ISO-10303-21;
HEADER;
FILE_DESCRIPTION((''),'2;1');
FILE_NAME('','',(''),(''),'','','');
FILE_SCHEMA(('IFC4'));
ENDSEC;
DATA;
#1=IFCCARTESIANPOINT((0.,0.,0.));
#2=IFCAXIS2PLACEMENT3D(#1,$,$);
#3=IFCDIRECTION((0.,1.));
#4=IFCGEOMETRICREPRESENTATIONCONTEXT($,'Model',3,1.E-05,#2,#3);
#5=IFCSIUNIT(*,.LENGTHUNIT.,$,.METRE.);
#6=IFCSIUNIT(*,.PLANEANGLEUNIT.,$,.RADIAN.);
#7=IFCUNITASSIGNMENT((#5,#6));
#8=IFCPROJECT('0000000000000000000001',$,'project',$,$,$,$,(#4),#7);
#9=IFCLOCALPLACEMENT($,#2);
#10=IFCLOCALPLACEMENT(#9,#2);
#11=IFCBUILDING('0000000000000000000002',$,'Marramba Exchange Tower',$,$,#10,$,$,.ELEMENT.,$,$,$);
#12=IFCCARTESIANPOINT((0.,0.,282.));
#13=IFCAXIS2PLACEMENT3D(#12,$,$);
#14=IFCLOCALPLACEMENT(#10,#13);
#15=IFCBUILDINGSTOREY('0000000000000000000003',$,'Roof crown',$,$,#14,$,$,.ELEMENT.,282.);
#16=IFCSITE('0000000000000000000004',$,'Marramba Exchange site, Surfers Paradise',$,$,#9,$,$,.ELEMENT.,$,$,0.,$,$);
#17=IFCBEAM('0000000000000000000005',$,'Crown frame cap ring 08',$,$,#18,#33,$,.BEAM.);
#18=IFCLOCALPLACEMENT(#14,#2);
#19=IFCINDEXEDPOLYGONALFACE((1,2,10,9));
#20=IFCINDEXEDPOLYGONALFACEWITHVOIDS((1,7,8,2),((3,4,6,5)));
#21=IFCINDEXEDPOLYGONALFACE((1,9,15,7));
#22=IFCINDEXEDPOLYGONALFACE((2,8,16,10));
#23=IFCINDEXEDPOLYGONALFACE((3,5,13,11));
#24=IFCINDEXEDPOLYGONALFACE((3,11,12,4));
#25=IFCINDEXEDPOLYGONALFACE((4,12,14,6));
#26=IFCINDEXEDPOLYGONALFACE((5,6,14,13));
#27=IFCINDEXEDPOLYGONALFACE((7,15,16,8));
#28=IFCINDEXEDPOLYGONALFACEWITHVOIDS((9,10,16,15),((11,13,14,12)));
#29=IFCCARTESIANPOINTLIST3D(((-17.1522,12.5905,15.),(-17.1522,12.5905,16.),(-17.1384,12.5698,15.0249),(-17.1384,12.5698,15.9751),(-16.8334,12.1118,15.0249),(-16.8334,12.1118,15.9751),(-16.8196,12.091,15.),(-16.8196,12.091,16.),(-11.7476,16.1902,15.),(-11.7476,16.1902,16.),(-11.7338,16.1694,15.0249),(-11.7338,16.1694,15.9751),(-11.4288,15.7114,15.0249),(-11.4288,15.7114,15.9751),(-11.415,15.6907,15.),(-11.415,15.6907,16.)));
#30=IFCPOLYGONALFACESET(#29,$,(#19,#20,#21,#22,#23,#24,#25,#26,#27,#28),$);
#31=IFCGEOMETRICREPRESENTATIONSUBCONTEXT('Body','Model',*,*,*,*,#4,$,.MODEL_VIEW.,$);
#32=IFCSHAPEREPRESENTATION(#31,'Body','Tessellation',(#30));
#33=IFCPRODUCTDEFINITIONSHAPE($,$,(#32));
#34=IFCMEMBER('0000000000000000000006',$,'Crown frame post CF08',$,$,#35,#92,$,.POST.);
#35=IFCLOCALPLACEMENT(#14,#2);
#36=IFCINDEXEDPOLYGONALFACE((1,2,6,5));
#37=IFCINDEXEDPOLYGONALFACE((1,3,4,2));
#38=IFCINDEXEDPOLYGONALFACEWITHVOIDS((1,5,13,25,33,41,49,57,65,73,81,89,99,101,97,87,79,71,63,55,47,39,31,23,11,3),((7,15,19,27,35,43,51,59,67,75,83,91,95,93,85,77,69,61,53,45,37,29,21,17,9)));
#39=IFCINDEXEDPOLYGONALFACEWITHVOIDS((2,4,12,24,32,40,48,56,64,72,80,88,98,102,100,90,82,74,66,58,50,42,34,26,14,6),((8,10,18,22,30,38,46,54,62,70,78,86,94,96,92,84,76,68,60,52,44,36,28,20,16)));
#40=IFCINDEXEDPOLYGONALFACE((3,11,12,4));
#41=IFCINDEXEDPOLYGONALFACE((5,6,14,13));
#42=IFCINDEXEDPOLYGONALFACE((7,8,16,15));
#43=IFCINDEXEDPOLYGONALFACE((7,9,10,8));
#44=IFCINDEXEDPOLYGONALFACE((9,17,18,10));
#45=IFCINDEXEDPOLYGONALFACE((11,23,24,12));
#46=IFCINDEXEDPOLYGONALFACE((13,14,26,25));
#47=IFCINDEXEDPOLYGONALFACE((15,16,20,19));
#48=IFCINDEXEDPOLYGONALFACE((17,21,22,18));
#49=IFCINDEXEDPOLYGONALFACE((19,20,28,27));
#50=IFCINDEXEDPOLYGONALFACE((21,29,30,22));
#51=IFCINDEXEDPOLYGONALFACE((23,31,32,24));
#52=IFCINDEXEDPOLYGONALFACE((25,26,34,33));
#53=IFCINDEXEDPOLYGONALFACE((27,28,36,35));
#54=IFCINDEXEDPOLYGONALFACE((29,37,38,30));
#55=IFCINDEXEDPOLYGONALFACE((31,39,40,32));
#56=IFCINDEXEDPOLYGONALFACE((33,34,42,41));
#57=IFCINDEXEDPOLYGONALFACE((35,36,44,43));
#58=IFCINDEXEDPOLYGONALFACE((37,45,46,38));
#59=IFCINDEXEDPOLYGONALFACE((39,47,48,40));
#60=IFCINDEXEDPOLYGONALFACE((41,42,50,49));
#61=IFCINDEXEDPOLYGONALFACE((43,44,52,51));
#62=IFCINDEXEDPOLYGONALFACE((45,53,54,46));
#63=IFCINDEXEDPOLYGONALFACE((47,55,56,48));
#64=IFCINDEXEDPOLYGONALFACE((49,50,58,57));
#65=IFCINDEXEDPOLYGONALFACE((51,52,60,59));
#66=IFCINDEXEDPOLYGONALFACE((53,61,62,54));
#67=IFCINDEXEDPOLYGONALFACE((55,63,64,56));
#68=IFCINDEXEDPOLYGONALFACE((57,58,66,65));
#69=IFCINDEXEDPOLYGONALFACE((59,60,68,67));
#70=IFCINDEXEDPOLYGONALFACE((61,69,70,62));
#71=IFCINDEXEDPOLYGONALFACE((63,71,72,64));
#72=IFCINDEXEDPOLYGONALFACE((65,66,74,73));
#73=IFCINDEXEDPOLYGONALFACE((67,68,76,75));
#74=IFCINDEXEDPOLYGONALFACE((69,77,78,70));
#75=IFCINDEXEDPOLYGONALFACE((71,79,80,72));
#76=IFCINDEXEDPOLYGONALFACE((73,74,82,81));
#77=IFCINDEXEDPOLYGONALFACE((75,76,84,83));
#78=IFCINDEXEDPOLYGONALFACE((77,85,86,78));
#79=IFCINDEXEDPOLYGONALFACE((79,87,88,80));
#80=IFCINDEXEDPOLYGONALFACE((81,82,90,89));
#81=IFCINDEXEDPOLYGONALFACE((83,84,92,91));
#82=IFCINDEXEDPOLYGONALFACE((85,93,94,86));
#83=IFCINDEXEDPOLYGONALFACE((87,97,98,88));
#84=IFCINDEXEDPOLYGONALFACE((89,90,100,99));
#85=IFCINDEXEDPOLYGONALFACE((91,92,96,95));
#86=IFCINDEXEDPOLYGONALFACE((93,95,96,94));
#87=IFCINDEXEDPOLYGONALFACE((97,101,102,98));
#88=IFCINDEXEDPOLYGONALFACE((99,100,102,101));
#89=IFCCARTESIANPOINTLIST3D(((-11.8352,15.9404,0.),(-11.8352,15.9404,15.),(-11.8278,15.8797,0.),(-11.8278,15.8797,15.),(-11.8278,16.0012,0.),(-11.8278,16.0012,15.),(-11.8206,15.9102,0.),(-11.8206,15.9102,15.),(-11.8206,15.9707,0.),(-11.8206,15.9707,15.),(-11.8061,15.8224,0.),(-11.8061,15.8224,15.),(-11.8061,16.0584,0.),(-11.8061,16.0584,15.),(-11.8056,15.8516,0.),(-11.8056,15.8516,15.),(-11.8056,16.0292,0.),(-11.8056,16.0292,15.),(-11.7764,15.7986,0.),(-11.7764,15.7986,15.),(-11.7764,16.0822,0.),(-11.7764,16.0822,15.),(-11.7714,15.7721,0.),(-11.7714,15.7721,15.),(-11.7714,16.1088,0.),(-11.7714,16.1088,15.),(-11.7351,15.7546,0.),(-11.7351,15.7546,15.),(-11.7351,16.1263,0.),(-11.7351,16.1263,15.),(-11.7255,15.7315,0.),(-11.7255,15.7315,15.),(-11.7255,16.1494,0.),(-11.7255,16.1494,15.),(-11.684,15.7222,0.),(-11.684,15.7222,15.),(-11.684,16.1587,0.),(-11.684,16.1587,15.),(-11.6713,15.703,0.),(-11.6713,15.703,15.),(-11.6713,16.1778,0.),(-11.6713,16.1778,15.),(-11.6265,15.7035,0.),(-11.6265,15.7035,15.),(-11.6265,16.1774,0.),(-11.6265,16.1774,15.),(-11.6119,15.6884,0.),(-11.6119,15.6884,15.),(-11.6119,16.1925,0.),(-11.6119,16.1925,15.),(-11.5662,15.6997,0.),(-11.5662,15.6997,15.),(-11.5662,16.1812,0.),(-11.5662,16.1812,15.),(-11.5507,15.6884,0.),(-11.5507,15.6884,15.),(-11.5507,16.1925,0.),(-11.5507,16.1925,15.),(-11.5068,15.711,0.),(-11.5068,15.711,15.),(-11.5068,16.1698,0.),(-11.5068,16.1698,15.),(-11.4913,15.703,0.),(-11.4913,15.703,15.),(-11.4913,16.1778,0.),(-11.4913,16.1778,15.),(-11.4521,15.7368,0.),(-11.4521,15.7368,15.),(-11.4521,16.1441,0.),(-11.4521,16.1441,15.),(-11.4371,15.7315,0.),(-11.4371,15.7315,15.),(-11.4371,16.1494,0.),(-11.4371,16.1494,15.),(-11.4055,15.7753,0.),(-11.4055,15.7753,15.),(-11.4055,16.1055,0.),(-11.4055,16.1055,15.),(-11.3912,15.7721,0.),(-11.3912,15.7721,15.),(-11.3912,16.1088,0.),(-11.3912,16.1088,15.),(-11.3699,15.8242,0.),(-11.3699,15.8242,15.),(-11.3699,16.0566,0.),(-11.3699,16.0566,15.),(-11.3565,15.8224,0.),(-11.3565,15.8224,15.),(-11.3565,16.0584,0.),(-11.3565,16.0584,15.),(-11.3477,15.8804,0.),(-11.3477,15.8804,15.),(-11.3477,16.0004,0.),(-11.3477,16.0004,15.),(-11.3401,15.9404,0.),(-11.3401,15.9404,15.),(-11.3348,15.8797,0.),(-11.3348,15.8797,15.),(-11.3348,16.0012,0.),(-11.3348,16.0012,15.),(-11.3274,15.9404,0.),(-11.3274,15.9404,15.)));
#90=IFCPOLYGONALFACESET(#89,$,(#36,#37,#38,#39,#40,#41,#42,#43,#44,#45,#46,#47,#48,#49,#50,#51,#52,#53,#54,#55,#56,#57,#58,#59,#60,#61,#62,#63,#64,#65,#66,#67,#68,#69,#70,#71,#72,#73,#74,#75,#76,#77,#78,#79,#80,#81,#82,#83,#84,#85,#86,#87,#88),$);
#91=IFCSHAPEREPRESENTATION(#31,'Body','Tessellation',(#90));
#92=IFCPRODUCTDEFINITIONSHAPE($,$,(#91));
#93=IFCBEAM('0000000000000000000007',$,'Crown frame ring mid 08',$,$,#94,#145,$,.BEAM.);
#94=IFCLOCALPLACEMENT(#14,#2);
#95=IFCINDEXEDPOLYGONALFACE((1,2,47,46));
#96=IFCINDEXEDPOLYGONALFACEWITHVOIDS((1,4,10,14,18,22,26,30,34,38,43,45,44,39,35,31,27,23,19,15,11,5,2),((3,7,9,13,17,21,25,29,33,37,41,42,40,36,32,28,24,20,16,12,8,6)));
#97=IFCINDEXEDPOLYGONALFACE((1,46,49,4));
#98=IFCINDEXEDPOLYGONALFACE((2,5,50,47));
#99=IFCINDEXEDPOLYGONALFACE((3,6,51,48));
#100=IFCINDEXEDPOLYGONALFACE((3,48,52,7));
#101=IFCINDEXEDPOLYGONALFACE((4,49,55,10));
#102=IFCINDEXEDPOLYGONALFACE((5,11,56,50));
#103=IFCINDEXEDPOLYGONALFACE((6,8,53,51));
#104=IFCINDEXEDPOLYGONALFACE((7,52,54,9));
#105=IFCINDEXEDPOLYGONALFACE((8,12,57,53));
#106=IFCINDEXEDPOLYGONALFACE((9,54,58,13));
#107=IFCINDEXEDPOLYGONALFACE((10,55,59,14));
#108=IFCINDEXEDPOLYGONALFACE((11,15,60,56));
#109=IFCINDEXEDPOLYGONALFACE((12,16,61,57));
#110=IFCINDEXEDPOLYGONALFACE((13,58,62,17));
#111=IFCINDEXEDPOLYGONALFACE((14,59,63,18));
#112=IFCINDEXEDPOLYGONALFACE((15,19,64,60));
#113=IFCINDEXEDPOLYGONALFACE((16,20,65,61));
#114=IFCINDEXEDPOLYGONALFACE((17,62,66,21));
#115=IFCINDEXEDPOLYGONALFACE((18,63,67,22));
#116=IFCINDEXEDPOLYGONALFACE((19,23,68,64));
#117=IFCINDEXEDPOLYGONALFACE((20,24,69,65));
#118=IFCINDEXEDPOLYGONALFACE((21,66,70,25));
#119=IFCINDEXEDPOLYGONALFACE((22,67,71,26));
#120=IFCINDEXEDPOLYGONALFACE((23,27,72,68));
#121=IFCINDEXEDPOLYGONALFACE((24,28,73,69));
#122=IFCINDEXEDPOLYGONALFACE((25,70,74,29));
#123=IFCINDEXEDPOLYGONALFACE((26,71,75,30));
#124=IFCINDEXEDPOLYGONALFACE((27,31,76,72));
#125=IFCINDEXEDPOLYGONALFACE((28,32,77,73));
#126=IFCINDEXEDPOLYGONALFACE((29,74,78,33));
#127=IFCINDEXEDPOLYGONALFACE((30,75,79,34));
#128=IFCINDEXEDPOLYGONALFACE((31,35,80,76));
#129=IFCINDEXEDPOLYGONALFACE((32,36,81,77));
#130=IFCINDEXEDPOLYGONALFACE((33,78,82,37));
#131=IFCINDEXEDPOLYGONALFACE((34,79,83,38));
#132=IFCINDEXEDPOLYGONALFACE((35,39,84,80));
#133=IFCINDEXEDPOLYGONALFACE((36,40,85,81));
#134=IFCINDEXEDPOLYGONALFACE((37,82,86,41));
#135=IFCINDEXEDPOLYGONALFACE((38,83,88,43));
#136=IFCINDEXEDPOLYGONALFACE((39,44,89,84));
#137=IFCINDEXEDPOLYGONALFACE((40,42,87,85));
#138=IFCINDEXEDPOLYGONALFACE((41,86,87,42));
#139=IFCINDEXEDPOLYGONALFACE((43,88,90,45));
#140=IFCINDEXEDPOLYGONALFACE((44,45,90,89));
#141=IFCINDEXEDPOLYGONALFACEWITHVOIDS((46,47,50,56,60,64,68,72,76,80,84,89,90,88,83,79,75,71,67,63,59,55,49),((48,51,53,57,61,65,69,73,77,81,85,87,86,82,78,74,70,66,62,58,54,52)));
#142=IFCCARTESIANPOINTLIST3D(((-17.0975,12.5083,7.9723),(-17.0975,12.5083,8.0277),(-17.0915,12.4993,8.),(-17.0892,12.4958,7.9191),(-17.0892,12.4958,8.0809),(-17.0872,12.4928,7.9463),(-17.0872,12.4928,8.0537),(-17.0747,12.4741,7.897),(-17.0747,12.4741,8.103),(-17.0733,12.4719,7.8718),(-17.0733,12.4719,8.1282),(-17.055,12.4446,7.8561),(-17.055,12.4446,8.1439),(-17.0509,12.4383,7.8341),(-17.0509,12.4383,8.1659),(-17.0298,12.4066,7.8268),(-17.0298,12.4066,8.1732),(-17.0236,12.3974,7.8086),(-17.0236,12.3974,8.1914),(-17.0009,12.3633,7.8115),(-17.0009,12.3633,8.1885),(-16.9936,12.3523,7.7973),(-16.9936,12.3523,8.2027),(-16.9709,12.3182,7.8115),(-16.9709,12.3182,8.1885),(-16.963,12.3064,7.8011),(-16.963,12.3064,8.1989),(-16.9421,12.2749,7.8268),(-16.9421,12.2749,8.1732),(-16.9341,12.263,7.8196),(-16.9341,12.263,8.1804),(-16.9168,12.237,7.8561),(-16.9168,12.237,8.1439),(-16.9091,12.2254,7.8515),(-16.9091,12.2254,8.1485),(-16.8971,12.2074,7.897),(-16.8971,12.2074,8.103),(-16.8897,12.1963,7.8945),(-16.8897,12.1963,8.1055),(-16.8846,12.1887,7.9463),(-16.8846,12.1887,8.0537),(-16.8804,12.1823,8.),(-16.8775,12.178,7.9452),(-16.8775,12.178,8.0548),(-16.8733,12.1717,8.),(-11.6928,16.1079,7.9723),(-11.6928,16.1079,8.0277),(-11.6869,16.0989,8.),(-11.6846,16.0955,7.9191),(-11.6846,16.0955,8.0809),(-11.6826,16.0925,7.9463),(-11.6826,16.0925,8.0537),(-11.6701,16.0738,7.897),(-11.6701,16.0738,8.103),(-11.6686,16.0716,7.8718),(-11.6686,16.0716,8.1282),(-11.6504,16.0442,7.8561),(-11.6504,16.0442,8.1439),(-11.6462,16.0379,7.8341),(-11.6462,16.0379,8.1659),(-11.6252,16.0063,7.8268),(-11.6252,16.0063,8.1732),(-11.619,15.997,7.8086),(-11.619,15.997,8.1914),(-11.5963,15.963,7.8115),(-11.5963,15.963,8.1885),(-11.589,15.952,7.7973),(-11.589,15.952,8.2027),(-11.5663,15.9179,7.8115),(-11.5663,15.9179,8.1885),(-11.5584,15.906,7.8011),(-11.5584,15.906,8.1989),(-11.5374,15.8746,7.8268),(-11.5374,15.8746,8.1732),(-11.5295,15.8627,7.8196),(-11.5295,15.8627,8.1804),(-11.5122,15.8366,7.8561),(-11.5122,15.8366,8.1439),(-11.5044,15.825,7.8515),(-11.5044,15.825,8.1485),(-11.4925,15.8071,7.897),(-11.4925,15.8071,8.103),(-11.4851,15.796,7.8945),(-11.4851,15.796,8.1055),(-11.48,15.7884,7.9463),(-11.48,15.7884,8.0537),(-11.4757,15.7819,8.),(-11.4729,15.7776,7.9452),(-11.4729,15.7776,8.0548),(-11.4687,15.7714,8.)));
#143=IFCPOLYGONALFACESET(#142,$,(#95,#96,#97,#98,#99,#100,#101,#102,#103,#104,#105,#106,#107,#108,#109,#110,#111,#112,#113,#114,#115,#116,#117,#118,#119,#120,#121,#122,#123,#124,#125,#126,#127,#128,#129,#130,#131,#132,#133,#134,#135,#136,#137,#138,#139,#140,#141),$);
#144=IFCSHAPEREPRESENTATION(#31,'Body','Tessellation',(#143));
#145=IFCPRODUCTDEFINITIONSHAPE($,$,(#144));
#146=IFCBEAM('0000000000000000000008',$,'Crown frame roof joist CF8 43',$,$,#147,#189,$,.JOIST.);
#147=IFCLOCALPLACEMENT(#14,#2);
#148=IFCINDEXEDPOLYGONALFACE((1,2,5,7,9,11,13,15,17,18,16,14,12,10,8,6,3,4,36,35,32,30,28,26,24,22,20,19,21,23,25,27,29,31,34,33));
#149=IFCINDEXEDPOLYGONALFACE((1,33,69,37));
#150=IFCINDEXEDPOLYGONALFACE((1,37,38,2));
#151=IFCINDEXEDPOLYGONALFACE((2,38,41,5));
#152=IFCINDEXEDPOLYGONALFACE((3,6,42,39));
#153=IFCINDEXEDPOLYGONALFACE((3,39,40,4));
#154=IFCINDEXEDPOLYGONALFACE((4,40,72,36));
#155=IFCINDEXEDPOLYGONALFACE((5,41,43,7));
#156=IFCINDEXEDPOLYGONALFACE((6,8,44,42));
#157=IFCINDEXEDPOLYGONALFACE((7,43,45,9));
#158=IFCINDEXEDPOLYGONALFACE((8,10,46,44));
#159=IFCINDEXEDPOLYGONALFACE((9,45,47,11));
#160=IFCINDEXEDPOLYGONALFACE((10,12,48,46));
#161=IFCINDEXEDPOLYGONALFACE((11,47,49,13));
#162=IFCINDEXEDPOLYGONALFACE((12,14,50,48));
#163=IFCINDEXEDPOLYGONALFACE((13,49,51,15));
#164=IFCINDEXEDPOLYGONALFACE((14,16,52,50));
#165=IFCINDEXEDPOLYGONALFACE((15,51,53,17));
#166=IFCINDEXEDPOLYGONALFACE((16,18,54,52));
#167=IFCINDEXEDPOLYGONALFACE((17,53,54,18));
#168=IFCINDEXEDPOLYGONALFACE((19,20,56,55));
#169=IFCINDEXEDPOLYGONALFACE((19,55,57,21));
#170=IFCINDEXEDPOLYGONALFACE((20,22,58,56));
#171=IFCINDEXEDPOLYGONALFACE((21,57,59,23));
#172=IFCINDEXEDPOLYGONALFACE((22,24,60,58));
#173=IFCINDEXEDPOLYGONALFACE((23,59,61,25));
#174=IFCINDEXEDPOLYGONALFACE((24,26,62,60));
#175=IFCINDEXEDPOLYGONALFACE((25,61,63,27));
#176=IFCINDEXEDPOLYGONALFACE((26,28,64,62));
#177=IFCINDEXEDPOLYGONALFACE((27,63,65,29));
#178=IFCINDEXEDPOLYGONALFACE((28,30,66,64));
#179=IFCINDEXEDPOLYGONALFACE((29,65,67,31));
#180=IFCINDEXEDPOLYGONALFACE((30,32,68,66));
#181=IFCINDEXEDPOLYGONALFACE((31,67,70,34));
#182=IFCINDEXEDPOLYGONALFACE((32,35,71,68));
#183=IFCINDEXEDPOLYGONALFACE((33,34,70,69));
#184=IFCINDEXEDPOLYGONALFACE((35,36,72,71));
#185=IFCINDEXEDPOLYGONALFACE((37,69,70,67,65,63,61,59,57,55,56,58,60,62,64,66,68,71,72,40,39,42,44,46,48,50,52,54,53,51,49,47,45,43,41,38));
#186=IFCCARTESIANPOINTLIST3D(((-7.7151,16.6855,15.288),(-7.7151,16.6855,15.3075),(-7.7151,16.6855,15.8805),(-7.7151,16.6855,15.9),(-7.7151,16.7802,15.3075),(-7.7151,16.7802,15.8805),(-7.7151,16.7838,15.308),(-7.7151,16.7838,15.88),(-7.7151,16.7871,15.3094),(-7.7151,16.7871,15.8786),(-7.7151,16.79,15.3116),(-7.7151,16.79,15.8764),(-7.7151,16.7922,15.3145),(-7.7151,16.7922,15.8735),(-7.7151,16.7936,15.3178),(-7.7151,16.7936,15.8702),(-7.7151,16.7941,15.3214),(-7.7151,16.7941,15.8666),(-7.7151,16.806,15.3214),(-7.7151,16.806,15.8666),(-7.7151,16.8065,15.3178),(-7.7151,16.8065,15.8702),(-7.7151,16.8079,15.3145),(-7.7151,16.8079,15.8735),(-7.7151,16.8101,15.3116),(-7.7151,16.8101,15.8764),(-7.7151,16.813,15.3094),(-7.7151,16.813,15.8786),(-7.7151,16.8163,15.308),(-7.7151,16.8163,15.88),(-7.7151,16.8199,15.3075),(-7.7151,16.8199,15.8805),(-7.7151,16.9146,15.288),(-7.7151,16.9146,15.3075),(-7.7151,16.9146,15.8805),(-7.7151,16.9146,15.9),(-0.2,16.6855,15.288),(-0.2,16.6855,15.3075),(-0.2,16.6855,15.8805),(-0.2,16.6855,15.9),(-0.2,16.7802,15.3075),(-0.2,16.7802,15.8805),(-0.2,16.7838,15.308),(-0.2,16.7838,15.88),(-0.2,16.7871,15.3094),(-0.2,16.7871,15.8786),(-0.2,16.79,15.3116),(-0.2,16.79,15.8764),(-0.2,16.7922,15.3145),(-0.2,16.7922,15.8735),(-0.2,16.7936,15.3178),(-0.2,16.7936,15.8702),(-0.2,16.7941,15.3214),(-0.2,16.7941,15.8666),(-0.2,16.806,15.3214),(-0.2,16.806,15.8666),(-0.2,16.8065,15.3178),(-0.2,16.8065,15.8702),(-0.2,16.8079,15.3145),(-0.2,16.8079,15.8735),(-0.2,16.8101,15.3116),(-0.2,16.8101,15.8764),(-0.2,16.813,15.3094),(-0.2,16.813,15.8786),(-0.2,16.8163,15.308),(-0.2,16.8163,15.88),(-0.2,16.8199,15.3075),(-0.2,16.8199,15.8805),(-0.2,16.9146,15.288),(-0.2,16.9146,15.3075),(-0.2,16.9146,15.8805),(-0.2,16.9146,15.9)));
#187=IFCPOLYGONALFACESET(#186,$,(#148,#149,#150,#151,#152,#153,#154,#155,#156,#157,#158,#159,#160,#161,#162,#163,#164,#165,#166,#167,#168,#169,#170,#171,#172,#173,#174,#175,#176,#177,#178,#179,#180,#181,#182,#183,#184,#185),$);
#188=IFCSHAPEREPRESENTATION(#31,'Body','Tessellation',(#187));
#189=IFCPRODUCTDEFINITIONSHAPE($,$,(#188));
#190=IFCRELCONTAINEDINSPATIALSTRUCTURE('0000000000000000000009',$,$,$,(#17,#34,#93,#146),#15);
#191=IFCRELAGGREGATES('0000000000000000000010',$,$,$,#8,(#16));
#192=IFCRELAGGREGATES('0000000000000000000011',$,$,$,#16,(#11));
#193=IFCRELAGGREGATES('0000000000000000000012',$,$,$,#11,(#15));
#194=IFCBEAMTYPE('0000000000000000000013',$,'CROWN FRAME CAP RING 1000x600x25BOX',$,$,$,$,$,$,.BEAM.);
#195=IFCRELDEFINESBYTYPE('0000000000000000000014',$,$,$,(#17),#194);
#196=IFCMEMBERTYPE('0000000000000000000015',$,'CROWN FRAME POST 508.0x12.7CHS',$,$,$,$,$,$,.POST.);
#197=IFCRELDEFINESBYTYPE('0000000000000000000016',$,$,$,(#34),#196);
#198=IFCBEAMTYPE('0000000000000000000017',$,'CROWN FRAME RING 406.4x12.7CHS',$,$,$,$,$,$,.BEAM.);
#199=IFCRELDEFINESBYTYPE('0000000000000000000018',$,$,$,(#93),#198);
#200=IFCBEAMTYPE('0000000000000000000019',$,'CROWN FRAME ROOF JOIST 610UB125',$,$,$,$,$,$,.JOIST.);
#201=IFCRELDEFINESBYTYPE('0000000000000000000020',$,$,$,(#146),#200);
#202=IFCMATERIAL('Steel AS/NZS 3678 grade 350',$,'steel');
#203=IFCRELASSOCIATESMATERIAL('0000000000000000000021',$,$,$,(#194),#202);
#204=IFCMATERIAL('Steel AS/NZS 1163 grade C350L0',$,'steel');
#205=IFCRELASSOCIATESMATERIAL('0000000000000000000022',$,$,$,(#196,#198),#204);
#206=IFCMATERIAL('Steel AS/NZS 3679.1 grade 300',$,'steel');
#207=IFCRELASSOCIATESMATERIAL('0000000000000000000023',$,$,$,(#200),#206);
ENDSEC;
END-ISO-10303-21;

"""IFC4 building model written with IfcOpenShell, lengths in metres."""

from ifc_helpers import new_model, si_unit, direction, frame, origin, origin_2d, place, context, subcontext, project, spatial, hollow_rectangle, hollow_circle, i_section, extrude, material, material_profile, profile_set, type_object, element, save


model = new_model("IFC4")

# Units and contexts
model_context = context("Model", 3, precision=1e-05, world=origin(), true_north=direction((0.0, 1.0)))
body_context = subcontext(model_context, "Body", "Model", "MODEL_VIEW")
ifc_project = project(units=[si_unit("LENGTHUNIT", "METRE"), si_unit("PLANEANGLEUNIT", "RADIAN")], contexts=[model_context])

# Site, building, storey
site_placement = place(None, origin())
site = spatial("IfcSite", under=ifc_project, at=site_placement, Name="Marramba Exchange site, Surfers Paradise", CompositionType="ELEMENT", RefElevation=0.0)
building_placement = place(site_placement, origin())
building = spatial("IfcBuilding", under=site, at=building_placement, Name="Marramba Exchange Tower", CompositionType="ELEMENT")
storey_placement = place(building_placement, frame((0.0, 0.0, 282.0)))
storey = spatial("IfcBuildingStorey", under=building, at=storey_placement, Name="Roof crown", CompositionType="ELEMENT", Elevation=282.0)

# Beam
ifc_material_1 = material(Name="Steel AS/NZS 3678 grade 350", Category="steel")
ifc_material_profile_1 = material_profile(ifc_material_1, hollow_rectangle(XDim=0.6001, YDim=1.0, WallThickness=0.0249, at=origin_2d()), Name="1000x600x25BOX")
ifc_profile_set_1 = profile_set([ifc_material_profile_1], Name="Steel AS/NZS 3678 grade 350")
beam_type_1 = type_object("IfcBeamType", Name="CROWN FRAME CAP RING 1000x600x25BOX", PredefinedType="BEAM", material=ifc_profile_set_1)
beam_1_placement = place(storey_placement, frame((-11.5813, 15.9404, 15.5), z_axis=(-0.832293, -0.554336, 0.0), x_axis=(0.554336, -0.832293, 0.0)))
element("IfcBeam", 1, at=beam_1_placement, inside=storey, type_object=beam_type_1, Name="Crown frame cap ring 08", PredefinedType="BEAM", context=body_context, shape_type="SweptSolid", body=[
    extrude(hollow_rectangle(XDim=0.6001, YDim=1.0, WallThickness=0.0249, at=origin_2d()), origin(), (0.0, 0.0, 1.0), 6.4937),
])

# Member
ifc_material_2 = material(Name="Steel AS/NZS 1163 grade C350L0", Category="steel")
ifc_material_profile_2 = material_profile(ifc_material_2, hollow_circle(Radius=0.2539, WallThickness=0.0127, at=origin_2d()), Name="508.0x12.7CHS")
ifc_profile_set_2 = profile_set([ifc_material_profile_2], Name="Steel AS/NZS 1163 grade C350L0")
member_type_1 = type_object("IfcMemberType", Name="CROWN FRAME POST 508.0x12.7CHS", PredefinedType="POST", material=ifc_profile_set_2)
member_1_placement = place(storey_placement, frame((-11.5813, 15.9404, 0.0), z_axis=(0.0, 0.0, 1.0), x_axis=(1.0, 0.0, 0.0)))
element("IfcMember", 2, at=member_1_placement, inside=storey, type_object=member_type_1, Name="Crown frame post CF08", PredefinedType="POST", context=body_context, shape_type="SweptSolid", body=[
    extrude(hollow_circle(Radius=0.2539, WallThickness=0.0127, at=origin_2d()), origin(), (0.0, 0.0, 1.0), 15.0),
])

# Beams
ifc_material_profile_3 = material_profile(ifc_material_2, hollow_circle(Radius=0.2031, WallThickness=0.0127, at=origin_2d()), Name="406.4x12.7CHS")
ifc_profile_set_3 = profile_set([ifc_material_profile_3], Name="Steel AS/NZS 1163 grade C350L0")
beam_type_2 = type_object("IfcBeamType", Name="CROWN FRAME RING 406.4x12.7CHS", PredefinedType="BEAM", material=ifc_profile_set_3)
beam_2_placement = place(storey_placement, frame((-11.5813, 15.9404, 8.0), z_axis=(-0.832293, -0.554336, 0.0), x_axis=(0.554336, -0.832293, 0.0)))
element("IfcBeam", 3, at=beam_2_placement, inside=storey, type_object=beam_type_2, Name="Crown frame ring mid 08", PredefinedType="BEAM", context=body_context, shape_type="SweptSolid", body=[
    extrude(hollow_circle(Radius=0.2031, WallThickness=0.0127, at=origin_2d()), origin(), (0.0, 0.0, 1.0), 6.4937),
])
ifc_material_3 = material(Name="Steel AS/NZS 3679.1 grade 300", Category="steel")
ifc_material_profile_4 = material_profile(ifc_material_3, i_section(OverallWidth=0.229, OverallDepth=0.6121, WebThickness=0.012, FlangeThickness=0.0195, FilletRadius=0.0139, at=origin_2d()), Name="610UB125")
ifc_profile_set_4 = profile_set([ifc_material_profile_4], Name="Steel AS/NZS 3679.1 grade 300")
beam_type_3 = type_object("IfcBeamType", Name="CROWN FRAME ROOF JOIST 610UB125", PredefinedType="JOIST", material=ifc_profile_set_4)
beam_3_placement = place(storey_placement, frame((-7.7151, 16.8, 15.594), z_axis=(1.0, 0.0, 0.0), x_axis=(0.0, 1.0, 0.0)))
element("IfcBeam", 4, at=beam_3_placement, inside=storey, type_object=beam_type_3, Name="Crown frame roof joist CF8 43", PredefinedType="JOIST", context=body_context, shape_type="SweptSolid", body=[
    extrude(i_section(OverallWidth=0.229, OverallDepth=0.6121, WebThickness=0.012, FlangeThickness=0.0195, FilletRadius=0.0139, at=origin_2d()), origin(), (0.0, 0.0, 1.0), 7.5151),
])

save(model, "model.ifc")
